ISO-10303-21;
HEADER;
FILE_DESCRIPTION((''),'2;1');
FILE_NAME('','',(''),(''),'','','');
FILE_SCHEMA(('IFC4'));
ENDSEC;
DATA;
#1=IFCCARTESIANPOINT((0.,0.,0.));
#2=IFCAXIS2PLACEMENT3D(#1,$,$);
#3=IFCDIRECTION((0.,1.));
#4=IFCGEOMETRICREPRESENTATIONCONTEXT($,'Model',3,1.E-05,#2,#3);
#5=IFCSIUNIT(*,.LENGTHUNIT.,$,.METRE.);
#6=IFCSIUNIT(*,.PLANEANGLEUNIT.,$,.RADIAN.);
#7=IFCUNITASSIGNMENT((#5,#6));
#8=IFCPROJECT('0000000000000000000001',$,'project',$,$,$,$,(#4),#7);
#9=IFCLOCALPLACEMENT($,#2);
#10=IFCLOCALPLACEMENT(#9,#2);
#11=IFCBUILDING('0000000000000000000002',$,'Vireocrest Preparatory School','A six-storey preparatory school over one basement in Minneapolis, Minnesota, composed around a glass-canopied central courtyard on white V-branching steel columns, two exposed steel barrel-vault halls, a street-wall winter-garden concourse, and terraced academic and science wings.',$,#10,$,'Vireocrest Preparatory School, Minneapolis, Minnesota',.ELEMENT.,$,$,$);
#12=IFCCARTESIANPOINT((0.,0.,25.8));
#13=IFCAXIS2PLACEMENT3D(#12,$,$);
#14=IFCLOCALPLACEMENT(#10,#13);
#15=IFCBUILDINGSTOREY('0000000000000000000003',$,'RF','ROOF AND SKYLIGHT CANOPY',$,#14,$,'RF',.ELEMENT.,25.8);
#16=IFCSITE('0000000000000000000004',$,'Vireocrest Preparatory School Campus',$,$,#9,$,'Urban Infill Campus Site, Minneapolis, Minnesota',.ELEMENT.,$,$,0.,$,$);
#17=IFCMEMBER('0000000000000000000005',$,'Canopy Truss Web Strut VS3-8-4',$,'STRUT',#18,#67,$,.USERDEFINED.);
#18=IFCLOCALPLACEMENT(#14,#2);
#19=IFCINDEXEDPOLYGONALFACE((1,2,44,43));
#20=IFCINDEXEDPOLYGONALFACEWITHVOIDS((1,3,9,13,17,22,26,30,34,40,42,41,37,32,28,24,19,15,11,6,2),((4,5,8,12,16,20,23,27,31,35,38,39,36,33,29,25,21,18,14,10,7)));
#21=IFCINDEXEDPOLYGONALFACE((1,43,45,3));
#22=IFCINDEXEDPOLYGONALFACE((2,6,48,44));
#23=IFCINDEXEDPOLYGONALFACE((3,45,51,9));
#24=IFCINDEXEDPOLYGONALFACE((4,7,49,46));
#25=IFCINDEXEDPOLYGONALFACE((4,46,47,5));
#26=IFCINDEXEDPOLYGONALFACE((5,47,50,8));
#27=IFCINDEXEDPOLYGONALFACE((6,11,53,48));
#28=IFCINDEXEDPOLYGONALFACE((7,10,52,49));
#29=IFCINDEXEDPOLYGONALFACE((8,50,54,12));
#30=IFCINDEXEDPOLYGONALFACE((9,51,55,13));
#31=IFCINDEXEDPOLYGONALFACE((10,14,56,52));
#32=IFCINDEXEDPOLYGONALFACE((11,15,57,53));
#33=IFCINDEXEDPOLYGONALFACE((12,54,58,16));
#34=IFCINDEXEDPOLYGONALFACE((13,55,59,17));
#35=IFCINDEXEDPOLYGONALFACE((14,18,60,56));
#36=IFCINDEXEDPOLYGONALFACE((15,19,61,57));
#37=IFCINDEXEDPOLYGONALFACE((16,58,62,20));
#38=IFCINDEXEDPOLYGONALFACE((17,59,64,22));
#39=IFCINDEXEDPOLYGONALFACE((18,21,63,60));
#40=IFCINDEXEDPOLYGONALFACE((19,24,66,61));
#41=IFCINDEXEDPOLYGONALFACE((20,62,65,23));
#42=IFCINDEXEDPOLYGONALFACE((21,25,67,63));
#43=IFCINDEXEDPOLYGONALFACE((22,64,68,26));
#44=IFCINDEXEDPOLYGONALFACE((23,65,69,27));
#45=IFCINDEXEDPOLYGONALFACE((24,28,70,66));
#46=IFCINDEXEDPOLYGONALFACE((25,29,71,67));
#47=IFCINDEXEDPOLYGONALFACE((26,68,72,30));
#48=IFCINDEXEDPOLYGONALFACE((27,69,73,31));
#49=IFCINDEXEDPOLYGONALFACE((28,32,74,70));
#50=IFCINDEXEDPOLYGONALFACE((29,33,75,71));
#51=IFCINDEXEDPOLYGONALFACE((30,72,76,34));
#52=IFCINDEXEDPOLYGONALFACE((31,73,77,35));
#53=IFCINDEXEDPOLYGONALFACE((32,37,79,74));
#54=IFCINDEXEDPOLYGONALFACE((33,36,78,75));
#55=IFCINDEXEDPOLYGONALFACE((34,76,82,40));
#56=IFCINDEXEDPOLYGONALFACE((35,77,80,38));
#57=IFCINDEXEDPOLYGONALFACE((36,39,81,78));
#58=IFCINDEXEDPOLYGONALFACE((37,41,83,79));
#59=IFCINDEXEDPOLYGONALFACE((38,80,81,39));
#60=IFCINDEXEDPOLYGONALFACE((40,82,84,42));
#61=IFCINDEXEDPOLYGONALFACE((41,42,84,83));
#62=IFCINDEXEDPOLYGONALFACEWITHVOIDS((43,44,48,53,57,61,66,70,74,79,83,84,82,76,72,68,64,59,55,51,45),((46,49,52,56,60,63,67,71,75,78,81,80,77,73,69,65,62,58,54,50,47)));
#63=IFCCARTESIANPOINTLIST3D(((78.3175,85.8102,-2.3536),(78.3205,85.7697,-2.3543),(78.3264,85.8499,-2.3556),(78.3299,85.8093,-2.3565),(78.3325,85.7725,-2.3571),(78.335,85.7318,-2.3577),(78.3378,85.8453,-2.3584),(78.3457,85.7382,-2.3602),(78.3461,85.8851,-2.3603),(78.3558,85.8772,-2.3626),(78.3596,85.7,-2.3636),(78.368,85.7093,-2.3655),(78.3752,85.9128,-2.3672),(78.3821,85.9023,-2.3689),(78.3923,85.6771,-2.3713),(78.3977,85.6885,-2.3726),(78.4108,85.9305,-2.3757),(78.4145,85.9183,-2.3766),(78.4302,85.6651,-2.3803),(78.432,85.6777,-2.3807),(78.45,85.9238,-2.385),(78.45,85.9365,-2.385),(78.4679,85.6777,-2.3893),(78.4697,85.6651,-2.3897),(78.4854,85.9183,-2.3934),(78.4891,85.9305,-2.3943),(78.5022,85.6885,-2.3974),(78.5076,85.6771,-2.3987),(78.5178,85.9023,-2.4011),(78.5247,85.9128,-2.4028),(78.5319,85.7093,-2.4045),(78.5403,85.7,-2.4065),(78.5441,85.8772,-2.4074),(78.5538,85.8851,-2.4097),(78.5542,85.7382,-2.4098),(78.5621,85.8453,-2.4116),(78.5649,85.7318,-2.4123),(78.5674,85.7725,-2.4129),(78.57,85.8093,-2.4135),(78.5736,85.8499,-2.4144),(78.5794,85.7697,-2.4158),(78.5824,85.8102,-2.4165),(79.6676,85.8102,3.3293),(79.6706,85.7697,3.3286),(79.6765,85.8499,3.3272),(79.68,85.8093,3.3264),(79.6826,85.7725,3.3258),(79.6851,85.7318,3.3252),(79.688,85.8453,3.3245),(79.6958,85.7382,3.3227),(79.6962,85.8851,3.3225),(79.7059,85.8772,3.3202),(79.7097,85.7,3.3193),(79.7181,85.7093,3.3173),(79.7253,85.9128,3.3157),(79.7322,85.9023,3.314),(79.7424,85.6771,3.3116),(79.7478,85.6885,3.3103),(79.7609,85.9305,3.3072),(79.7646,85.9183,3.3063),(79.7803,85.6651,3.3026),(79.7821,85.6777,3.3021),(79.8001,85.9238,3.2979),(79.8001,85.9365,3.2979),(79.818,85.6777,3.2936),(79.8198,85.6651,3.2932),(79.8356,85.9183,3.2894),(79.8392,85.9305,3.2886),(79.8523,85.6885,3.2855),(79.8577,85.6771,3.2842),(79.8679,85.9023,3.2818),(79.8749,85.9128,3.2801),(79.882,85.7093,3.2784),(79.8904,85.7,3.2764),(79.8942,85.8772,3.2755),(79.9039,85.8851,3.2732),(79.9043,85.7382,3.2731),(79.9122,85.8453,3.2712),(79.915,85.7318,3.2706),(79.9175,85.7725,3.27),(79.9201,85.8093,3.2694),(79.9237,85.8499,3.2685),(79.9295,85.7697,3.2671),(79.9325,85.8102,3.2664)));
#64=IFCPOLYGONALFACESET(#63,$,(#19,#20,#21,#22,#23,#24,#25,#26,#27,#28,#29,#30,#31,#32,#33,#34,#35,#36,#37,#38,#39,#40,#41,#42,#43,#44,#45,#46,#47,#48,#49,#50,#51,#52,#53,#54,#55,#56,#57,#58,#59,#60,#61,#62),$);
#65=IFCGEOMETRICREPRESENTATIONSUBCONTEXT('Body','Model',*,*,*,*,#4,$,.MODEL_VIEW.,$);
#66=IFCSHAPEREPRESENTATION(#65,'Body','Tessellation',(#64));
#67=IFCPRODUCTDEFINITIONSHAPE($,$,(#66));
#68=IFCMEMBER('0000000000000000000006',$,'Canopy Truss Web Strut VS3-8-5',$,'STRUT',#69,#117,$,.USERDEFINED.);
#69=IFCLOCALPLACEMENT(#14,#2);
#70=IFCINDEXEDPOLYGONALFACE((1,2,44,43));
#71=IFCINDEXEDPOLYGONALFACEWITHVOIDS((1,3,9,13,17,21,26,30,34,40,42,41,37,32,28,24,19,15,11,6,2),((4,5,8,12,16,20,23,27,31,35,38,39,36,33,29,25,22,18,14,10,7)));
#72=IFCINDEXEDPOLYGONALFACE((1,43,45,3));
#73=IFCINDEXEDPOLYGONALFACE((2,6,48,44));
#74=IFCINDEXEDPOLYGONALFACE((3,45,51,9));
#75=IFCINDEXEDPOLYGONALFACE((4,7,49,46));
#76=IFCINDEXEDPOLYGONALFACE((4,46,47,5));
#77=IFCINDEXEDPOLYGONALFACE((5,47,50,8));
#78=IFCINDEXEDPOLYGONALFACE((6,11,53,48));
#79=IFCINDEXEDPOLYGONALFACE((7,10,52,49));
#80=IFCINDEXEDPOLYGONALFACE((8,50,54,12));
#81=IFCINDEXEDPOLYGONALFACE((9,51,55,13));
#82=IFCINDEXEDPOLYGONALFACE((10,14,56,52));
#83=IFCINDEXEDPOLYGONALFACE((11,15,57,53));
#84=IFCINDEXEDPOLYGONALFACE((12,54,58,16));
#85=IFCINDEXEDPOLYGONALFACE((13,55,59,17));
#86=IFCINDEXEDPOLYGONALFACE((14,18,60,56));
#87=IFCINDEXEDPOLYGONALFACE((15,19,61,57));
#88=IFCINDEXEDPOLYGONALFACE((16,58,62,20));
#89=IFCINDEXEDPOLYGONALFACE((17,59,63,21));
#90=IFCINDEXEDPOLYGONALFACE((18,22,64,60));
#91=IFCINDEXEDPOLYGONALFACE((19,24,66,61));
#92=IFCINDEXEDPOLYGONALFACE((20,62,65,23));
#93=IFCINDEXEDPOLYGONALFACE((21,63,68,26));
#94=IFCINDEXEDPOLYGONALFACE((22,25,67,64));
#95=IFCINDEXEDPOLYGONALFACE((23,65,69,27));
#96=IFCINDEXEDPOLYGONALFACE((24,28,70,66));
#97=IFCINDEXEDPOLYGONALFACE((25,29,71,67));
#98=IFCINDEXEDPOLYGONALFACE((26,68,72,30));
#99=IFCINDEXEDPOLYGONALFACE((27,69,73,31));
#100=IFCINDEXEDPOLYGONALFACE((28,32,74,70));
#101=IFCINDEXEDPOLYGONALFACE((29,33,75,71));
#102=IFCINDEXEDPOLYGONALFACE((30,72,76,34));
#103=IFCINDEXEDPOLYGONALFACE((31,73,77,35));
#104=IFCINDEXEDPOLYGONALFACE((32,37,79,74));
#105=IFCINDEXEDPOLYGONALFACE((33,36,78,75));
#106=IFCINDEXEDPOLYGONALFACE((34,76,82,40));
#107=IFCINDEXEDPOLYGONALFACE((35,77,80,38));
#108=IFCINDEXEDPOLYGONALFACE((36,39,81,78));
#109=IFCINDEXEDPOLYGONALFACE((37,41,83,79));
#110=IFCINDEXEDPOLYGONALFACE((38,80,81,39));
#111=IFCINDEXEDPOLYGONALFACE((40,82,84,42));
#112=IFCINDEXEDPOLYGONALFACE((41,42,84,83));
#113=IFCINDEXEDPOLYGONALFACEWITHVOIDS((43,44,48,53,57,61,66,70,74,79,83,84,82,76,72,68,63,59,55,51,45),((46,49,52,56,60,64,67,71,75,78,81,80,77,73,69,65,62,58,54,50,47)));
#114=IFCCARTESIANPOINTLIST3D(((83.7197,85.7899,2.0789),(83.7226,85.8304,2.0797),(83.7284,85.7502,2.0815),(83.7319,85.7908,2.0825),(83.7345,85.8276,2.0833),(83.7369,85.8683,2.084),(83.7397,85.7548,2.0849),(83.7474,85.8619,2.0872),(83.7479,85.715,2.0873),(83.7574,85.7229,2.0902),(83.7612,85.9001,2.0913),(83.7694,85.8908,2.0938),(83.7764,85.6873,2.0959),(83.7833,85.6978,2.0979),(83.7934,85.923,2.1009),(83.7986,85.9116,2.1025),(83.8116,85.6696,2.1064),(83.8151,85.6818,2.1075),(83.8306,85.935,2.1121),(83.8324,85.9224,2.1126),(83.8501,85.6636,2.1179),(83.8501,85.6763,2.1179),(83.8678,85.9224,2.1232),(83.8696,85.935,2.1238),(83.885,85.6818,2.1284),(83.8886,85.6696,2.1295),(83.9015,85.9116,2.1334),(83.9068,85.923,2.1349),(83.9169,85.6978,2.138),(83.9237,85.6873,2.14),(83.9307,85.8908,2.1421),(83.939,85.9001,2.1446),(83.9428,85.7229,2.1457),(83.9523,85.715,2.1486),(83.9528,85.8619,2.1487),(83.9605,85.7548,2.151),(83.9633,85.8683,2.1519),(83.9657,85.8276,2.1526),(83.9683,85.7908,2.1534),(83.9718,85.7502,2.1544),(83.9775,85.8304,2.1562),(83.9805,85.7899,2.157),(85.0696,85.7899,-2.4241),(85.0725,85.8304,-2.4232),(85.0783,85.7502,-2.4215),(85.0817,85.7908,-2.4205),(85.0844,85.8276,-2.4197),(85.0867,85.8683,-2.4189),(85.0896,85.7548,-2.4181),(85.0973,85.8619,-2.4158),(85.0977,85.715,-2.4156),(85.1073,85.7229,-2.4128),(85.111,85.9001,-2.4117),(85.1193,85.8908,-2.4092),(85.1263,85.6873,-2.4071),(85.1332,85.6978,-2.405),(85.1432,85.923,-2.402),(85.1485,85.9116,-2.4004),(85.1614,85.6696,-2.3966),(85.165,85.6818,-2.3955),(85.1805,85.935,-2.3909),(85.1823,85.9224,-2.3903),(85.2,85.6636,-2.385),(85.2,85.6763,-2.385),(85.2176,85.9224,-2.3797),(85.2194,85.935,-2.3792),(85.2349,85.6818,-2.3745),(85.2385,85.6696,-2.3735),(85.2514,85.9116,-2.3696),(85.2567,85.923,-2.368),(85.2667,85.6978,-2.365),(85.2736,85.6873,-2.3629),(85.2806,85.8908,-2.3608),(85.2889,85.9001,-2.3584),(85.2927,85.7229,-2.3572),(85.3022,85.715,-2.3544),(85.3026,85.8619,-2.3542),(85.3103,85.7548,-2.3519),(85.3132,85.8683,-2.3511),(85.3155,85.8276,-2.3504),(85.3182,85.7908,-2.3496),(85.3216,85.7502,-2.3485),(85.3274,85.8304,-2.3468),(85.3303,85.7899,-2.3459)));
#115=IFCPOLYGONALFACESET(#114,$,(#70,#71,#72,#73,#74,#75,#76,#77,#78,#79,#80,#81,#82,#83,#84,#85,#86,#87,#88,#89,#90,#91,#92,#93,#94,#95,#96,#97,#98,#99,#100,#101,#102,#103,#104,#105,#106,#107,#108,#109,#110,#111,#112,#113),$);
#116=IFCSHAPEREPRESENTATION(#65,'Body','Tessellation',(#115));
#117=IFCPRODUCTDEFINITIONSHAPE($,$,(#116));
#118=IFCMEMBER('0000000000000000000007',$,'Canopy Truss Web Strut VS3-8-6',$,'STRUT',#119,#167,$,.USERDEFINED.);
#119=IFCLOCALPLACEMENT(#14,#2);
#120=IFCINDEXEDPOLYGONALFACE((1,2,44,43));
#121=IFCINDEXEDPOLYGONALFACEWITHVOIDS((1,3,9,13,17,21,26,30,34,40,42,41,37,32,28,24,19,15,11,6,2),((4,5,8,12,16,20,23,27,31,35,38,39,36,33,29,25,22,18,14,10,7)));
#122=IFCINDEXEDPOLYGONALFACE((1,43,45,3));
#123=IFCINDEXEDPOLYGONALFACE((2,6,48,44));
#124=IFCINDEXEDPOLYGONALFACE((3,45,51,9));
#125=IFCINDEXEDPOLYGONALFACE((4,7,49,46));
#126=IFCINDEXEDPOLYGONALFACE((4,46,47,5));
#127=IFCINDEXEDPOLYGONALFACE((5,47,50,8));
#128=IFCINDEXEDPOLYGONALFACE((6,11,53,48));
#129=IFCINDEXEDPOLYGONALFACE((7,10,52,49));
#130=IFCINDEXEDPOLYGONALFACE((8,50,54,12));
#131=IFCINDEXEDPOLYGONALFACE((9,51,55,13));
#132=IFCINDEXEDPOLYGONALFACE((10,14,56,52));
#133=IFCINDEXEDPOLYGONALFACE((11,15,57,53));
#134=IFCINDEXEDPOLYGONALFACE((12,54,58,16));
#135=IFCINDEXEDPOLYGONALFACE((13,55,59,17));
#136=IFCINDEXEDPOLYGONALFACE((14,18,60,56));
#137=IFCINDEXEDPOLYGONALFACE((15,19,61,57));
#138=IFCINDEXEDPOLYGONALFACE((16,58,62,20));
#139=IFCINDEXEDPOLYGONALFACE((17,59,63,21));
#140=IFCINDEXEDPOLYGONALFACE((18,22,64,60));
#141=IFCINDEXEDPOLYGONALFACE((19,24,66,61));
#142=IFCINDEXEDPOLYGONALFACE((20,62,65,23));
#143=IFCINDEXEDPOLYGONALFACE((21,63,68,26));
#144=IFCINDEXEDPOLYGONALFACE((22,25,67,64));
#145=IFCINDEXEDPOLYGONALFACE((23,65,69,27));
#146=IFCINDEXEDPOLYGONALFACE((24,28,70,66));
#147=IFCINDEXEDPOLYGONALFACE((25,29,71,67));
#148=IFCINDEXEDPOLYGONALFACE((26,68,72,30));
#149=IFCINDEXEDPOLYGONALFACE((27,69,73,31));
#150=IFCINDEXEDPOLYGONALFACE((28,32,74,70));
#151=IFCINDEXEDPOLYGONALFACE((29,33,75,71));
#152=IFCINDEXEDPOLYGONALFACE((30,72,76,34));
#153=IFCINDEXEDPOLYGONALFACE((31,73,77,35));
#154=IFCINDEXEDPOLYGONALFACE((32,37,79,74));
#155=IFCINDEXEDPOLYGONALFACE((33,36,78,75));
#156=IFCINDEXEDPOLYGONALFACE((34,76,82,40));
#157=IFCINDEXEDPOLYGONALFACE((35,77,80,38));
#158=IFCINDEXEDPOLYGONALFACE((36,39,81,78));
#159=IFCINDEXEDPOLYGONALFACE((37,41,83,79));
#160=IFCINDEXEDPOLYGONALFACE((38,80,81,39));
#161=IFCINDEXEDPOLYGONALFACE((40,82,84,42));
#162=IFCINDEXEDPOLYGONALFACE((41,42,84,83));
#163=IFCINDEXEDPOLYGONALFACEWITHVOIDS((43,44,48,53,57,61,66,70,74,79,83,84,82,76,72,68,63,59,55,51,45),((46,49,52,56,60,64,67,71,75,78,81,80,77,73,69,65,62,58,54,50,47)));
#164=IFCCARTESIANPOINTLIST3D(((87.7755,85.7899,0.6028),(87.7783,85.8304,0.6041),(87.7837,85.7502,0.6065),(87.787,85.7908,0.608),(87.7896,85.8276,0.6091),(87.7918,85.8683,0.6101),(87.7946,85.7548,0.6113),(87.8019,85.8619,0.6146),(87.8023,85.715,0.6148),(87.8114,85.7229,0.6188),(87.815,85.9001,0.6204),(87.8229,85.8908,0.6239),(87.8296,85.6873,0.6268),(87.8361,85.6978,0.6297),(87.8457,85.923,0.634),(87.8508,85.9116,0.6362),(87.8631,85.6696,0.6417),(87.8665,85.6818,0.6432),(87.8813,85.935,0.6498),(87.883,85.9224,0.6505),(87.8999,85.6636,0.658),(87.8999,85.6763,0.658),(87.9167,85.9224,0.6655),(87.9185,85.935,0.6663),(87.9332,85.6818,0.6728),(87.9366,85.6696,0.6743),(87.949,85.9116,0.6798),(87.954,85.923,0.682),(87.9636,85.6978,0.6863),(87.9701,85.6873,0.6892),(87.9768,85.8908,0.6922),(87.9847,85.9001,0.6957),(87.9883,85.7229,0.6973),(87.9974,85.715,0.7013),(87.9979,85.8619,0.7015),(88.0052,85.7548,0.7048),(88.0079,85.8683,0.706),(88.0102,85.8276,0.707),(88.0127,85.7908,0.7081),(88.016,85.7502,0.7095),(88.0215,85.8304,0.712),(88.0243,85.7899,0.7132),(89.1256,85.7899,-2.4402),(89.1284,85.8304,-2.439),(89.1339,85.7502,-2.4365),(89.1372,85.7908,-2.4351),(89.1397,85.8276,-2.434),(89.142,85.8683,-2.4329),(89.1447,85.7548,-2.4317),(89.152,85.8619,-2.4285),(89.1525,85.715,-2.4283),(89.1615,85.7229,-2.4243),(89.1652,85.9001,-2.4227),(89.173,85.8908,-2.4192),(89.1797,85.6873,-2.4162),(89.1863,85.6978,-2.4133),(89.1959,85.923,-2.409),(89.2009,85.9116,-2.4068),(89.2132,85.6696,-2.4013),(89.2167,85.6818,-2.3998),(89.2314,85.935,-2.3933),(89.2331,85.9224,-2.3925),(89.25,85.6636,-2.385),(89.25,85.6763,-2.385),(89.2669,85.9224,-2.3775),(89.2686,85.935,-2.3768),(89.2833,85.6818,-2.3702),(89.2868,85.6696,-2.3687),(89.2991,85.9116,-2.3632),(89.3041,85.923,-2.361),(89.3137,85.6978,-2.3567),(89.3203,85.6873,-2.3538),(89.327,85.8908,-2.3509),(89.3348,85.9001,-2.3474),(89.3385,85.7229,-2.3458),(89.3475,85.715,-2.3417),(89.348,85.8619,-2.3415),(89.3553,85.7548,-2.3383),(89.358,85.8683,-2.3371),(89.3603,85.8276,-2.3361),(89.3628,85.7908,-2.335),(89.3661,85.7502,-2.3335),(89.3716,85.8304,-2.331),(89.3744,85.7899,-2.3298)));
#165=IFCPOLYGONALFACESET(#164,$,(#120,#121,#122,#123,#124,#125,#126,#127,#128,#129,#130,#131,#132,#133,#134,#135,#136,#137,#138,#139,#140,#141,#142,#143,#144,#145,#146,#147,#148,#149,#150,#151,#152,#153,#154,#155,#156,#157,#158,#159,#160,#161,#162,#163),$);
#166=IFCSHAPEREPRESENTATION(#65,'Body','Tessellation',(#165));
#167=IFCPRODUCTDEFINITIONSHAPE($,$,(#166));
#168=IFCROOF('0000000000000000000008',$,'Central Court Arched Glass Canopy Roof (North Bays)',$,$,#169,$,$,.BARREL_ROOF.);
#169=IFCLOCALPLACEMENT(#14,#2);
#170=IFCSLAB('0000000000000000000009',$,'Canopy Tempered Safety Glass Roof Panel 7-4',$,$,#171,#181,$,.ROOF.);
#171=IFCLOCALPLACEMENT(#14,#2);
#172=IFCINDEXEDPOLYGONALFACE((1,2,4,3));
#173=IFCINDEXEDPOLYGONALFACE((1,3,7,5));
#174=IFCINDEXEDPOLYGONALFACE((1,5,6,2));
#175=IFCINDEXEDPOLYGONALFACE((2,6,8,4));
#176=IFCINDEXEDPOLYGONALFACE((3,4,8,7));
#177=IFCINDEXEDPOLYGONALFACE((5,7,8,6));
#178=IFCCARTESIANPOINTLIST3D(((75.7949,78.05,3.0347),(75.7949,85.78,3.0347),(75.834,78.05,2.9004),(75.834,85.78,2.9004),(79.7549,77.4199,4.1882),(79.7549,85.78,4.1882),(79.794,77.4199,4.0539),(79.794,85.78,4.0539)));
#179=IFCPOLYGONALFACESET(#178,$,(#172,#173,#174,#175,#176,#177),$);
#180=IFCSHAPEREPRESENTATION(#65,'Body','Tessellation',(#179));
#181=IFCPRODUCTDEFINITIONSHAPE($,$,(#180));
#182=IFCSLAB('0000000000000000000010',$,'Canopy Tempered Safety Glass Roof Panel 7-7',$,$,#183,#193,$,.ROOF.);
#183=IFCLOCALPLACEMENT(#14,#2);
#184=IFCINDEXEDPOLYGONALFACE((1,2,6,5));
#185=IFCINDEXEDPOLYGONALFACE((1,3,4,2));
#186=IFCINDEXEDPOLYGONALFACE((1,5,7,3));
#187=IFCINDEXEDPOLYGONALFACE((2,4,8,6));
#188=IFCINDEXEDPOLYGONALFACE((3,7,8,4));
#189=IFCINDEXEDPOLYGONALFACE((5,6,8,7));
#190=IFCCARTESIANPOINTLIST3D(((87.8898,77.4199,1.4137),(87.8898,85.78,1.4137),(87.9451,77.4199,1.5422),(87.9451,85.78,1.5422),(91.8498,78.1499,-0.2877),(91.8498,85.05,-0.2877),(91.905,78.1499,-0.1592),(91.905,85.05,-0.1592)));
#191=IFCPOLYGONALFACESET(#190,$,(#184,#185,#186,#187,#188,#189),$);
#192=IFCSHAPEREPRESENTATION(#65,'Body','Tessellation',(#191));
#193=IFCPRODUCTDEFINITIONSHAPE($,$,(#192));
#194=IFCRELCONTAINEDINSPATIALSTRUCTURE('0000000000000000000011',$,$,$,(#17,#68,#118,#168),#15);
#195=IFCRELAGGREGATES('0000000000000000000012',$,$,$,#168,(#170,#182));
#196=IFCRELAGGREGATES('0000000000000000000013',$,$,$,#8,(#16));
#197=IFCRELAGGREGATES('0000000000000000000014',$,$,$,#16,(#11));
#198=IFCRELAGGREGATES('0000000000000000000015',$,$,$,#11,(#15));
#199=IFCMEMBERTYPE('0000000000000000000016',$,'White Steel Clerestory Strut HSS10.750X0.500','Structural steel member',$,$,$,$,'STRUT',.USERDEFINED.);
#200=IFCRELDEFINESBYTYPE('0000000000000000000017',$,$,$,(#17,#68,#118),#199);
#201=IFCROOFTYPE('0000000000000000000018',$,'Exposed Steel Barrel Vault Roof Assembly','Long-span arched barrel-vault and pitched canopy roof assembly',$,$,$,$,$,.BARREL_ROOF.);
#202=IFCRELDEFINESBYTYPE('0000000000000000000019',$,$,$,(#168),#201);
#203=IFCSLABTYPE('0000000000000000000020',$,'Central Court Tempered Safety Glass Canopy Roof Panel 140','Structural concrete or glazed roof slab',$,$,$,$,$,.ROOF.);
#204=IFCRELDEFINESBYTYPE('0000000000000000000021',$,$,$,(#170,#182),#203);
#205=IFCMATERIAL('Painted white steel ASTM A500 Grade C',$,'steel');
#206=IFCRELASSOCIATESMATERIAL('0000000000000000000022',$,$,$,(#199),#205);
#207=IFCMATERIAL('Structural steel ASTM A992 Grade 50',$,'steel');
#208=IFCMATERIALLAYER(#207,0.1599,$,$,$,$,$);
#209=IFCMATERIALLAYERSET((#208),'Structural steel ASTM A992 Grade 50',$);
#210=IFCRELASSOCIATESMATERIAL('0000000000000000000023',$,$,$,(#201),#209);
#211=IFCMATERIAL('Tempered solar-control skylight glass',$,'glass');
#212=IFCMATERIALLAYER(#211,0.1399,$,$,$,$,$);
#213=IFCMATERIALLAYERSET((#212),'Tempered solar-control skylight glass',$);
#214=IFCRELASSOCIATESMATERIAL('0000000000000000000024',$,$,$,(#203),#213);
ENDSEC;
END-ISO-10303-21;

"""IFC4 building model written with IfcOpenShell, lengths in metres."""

from ifc_helpers import new_model, si_unit, direction, frame, origin, origin_2d, place, context, subcontext, project, spatial, polyline, hollow_circle, outline, extrude, material, layer, layer_set, material_profile, profile_set, type_object, element, aggregate, save


model = new_model("IFC4")

# Units and contexts
model_context = context("Model", 3, precision=1e-05, world=origin(), true_north=direction((0.0, 1.0)))
body_context = subcontext(model_context, "Body", "Model", "MODEL_VIEW")
ifc_project = project(units=[si_unit("LENGTHUNIT", "METRE"), si_unit("PLANEANGLEUNIT", "RADIAN")], contexts=[model_context])

# Site, building, storey
site_placement = place(None, origin())
site = spatial("IfcSite", under=ifc_project, at=site_placement, Name="Vireocrest Preparatory School Campus", LongName="Urban Infill Campus Site, Minneapolis, Minnesota", CompositionType="ELEMENT", RefElevation=0.0)
building_placement = place(site_placement, origin())
building = spatial("IfcBuilding", under=site, at=building_placement, Name="Vireocrest Preparatory School", Description="A six-storey preparatory school over one basement in Minneapolis, Minnesota, composed around a glass-canopied central courtyard on white V-branching steel columns, two exposed steel barrel-vault halls, a street-wall winter-garden concourse, and terraced academic and science wings.", LongName="Vireocrest Preparatory School, Minneapolis, Minnesota", CompositionType="ELEMENT")
storey_placement = place(building_placement, frame((0.0, 0.0, 25.8)))
storey = spatial("IfcBuildingStorey", under=building, at=storey_placement, Name="RF", Description="ROOF AND SKYLIGHT CANOPY", LongName="RF", CompositionType="ELEMENT", Elevation=25.8)

# Shared definitions
ifc_material_1 = material(Name="Painted white steel ASTM A500 Grade C", Category="steel")
ifc_material_2 = material(Name="Structural steel ASTM A992 Grade 50", Category="steel")

# Members
ifc_material_profile_1 = material_profile(ifc_material_1, hollow_circle(Radius=0.1365, WallThickness=0.0127, at=origin_2d()), Name="HSS10.750X0.500")
ifc_profile_set_1 = profile_set([ifc_material_profile_1], Name="Painted white steel ASTM A500 Grade C")
member_type_1 = type_object("IfcMemberType", Name="White Steel Clerestory Strut HSS10.750X0.500", Description="Structural steel member", ElementType="STRUT", PredefinedType="USERDEFINED", material=ifc_profile_set_1)
member_1_placement = place(storey_placement, frame((78.45, 85.8, -2.385), z_axis=(0.23114, 0.0, 0.97292), x_axis=(0.0, 1.0, 0.0)))
element("IfcMember", 1, at=member_1_placement, inside=storey, type_object=member_type_1, Name="Canopy Truss Web Strut VS3-8-4", ObjectType="STRUT", PredefinedType="USERDEFINED", context=body_context, shape_type="SweptSolid", body=[
    extrude(hollow_circle(Radius=0.1365, WallThickness=0.0127, at=origin_2d()), origin(), (0.0, 0.0, 1.0), 5.8411),
])
member_2_placement = place(storey_placement, frame((85.2, 85.8, -2.385), z_axis=(-0.287148, 0.0, 0.957886), x_axis=(0.0, -1.0, 0.0)))
element("IfcMember", 2, at=member_2_placement, inside=storey, type_object=member_type_1, Name="Canopy Truss Web Strut VS3-8-5", ObjectType="STRUT", PredefinedType="USERDEFINED", context=body_context, shape_type="SweptSolid", body=[
    extrude(hollow_circle(Radius=0.1365, WallThickness=0.0127, at=origin_2d()), origin(), (0.0, 0.0, 1.0), 4.7009),
])
member_3_placement = place(storey_placement, frame((89.25, 85.8, -2.385), z_axis=(-0.405553, 0.0, 0.914071), x_axis=(0.0, -1.0, 0.0)))
element("IfcMember", 3, at=member_3_placement, inside=storey, type_object=member_type_1, Name="Canopy Truss Web Strut VS3-8-6", ObjectType="STRUT", PredefinedType="USERDEFINED", context=body_context, shape_type="SweptSolid", body=[
    extrude(hollow_circle(Radius=0.1365, WallThickness=0.0127, at=origin_2d()), origin(), (0.0, 0.0, 1.0), 3.3291),
])

# Roof, slabs
ifc_layer_1 = layer(ifc_material_2, 0.1599)
ifc_layer_set_1 = layer_set([ifc_layer_1], Name="Structural steel ASTM A992 Grade 50")
roof_type = type_object("IfcRoofType", Name="Exposed Steel Barrel Vault Roof Assembly", Description="Long-span arched barrel-vault and pitched canopy roof assembly", PredefinedType="BARREL_ROOF", material=ifc_layer_set_1)
roof_placement = place(storey_placement, origin())
roof = element("IfcRoof", 4, at=roof_placement, inside=storey, type_object=roof_type, Name="Central Court Arched Glass Canopy Roof (North Bays)", PredefinedType="BARREL_ROOF")
ifc_material_3 = material(Name="Tempered solar-control skylight glass", Category="glass")
ifc_layer_2 = layer(ifc_material_3, 0.1399)
ifc_layer_set_2 = layer_set([ifc_layer_2], Name="Tempered solar-control skylight glass")
slab_type = type_object("IfcSlabType", Name="Central Court Tempered Safety Glass Canopy Roof Panel 140", Description="Structural concrete or glazed roof slab", PredefinedType="ROOF", material=ifc_layer_set_2)
slab_1_placement = place(storey_placement, frame((75.7949, 78.05, 3.0347), z_axis=(-0.279682, 0.0, 0.960093), x_axis=(0.949081, -0.151022, 0.276474)))
slab_1 = element("IfcSlab", 5, at=slab_1_placement, type_object=slab_type, Name="Canopy Tempered Safety Glass Roof Panel 7-4", PredefinedType="ROOF", context=body_context, shape_type="SweptSolid", body=[
    extrude(outline(polyline([(0.0, 0.0), (4.1724, 0.0), (2.9099, 8.2642), (-1.1674, 7.6413), (0.0, 0.0)])), origin(), (0.0, 0.0, -1.0), 0.1399),
])
slab_2_placement = place(storey_placement, frame((87.9451, 77.4199, 1.5422), z_axis=(0.39476, 0.0, 0.918784), x_axis=(0.905883, 0.166991, -0.389217)))
slab_2 = element("IfcSlab", 6, at=slab_2_placement, type_object=slab_type, Name="Canopy Tempered Safety Glass Roof Panel 7-7", PredefinedType="ROOF", context=body_context, shape_type="SweptSolid", body=[
    extrude(outline(polyline([(0.0, 0.0), (4.3714, 0.0), (5.5236, 6.8033), (1.3961, 8.2427), (0.0, 0.0)])), origin(), (0.0, 0.0, -1.0), 0.1399),
])
aggregate(roof, [slab_1, slab_2])

save(model, "model.ifc")
